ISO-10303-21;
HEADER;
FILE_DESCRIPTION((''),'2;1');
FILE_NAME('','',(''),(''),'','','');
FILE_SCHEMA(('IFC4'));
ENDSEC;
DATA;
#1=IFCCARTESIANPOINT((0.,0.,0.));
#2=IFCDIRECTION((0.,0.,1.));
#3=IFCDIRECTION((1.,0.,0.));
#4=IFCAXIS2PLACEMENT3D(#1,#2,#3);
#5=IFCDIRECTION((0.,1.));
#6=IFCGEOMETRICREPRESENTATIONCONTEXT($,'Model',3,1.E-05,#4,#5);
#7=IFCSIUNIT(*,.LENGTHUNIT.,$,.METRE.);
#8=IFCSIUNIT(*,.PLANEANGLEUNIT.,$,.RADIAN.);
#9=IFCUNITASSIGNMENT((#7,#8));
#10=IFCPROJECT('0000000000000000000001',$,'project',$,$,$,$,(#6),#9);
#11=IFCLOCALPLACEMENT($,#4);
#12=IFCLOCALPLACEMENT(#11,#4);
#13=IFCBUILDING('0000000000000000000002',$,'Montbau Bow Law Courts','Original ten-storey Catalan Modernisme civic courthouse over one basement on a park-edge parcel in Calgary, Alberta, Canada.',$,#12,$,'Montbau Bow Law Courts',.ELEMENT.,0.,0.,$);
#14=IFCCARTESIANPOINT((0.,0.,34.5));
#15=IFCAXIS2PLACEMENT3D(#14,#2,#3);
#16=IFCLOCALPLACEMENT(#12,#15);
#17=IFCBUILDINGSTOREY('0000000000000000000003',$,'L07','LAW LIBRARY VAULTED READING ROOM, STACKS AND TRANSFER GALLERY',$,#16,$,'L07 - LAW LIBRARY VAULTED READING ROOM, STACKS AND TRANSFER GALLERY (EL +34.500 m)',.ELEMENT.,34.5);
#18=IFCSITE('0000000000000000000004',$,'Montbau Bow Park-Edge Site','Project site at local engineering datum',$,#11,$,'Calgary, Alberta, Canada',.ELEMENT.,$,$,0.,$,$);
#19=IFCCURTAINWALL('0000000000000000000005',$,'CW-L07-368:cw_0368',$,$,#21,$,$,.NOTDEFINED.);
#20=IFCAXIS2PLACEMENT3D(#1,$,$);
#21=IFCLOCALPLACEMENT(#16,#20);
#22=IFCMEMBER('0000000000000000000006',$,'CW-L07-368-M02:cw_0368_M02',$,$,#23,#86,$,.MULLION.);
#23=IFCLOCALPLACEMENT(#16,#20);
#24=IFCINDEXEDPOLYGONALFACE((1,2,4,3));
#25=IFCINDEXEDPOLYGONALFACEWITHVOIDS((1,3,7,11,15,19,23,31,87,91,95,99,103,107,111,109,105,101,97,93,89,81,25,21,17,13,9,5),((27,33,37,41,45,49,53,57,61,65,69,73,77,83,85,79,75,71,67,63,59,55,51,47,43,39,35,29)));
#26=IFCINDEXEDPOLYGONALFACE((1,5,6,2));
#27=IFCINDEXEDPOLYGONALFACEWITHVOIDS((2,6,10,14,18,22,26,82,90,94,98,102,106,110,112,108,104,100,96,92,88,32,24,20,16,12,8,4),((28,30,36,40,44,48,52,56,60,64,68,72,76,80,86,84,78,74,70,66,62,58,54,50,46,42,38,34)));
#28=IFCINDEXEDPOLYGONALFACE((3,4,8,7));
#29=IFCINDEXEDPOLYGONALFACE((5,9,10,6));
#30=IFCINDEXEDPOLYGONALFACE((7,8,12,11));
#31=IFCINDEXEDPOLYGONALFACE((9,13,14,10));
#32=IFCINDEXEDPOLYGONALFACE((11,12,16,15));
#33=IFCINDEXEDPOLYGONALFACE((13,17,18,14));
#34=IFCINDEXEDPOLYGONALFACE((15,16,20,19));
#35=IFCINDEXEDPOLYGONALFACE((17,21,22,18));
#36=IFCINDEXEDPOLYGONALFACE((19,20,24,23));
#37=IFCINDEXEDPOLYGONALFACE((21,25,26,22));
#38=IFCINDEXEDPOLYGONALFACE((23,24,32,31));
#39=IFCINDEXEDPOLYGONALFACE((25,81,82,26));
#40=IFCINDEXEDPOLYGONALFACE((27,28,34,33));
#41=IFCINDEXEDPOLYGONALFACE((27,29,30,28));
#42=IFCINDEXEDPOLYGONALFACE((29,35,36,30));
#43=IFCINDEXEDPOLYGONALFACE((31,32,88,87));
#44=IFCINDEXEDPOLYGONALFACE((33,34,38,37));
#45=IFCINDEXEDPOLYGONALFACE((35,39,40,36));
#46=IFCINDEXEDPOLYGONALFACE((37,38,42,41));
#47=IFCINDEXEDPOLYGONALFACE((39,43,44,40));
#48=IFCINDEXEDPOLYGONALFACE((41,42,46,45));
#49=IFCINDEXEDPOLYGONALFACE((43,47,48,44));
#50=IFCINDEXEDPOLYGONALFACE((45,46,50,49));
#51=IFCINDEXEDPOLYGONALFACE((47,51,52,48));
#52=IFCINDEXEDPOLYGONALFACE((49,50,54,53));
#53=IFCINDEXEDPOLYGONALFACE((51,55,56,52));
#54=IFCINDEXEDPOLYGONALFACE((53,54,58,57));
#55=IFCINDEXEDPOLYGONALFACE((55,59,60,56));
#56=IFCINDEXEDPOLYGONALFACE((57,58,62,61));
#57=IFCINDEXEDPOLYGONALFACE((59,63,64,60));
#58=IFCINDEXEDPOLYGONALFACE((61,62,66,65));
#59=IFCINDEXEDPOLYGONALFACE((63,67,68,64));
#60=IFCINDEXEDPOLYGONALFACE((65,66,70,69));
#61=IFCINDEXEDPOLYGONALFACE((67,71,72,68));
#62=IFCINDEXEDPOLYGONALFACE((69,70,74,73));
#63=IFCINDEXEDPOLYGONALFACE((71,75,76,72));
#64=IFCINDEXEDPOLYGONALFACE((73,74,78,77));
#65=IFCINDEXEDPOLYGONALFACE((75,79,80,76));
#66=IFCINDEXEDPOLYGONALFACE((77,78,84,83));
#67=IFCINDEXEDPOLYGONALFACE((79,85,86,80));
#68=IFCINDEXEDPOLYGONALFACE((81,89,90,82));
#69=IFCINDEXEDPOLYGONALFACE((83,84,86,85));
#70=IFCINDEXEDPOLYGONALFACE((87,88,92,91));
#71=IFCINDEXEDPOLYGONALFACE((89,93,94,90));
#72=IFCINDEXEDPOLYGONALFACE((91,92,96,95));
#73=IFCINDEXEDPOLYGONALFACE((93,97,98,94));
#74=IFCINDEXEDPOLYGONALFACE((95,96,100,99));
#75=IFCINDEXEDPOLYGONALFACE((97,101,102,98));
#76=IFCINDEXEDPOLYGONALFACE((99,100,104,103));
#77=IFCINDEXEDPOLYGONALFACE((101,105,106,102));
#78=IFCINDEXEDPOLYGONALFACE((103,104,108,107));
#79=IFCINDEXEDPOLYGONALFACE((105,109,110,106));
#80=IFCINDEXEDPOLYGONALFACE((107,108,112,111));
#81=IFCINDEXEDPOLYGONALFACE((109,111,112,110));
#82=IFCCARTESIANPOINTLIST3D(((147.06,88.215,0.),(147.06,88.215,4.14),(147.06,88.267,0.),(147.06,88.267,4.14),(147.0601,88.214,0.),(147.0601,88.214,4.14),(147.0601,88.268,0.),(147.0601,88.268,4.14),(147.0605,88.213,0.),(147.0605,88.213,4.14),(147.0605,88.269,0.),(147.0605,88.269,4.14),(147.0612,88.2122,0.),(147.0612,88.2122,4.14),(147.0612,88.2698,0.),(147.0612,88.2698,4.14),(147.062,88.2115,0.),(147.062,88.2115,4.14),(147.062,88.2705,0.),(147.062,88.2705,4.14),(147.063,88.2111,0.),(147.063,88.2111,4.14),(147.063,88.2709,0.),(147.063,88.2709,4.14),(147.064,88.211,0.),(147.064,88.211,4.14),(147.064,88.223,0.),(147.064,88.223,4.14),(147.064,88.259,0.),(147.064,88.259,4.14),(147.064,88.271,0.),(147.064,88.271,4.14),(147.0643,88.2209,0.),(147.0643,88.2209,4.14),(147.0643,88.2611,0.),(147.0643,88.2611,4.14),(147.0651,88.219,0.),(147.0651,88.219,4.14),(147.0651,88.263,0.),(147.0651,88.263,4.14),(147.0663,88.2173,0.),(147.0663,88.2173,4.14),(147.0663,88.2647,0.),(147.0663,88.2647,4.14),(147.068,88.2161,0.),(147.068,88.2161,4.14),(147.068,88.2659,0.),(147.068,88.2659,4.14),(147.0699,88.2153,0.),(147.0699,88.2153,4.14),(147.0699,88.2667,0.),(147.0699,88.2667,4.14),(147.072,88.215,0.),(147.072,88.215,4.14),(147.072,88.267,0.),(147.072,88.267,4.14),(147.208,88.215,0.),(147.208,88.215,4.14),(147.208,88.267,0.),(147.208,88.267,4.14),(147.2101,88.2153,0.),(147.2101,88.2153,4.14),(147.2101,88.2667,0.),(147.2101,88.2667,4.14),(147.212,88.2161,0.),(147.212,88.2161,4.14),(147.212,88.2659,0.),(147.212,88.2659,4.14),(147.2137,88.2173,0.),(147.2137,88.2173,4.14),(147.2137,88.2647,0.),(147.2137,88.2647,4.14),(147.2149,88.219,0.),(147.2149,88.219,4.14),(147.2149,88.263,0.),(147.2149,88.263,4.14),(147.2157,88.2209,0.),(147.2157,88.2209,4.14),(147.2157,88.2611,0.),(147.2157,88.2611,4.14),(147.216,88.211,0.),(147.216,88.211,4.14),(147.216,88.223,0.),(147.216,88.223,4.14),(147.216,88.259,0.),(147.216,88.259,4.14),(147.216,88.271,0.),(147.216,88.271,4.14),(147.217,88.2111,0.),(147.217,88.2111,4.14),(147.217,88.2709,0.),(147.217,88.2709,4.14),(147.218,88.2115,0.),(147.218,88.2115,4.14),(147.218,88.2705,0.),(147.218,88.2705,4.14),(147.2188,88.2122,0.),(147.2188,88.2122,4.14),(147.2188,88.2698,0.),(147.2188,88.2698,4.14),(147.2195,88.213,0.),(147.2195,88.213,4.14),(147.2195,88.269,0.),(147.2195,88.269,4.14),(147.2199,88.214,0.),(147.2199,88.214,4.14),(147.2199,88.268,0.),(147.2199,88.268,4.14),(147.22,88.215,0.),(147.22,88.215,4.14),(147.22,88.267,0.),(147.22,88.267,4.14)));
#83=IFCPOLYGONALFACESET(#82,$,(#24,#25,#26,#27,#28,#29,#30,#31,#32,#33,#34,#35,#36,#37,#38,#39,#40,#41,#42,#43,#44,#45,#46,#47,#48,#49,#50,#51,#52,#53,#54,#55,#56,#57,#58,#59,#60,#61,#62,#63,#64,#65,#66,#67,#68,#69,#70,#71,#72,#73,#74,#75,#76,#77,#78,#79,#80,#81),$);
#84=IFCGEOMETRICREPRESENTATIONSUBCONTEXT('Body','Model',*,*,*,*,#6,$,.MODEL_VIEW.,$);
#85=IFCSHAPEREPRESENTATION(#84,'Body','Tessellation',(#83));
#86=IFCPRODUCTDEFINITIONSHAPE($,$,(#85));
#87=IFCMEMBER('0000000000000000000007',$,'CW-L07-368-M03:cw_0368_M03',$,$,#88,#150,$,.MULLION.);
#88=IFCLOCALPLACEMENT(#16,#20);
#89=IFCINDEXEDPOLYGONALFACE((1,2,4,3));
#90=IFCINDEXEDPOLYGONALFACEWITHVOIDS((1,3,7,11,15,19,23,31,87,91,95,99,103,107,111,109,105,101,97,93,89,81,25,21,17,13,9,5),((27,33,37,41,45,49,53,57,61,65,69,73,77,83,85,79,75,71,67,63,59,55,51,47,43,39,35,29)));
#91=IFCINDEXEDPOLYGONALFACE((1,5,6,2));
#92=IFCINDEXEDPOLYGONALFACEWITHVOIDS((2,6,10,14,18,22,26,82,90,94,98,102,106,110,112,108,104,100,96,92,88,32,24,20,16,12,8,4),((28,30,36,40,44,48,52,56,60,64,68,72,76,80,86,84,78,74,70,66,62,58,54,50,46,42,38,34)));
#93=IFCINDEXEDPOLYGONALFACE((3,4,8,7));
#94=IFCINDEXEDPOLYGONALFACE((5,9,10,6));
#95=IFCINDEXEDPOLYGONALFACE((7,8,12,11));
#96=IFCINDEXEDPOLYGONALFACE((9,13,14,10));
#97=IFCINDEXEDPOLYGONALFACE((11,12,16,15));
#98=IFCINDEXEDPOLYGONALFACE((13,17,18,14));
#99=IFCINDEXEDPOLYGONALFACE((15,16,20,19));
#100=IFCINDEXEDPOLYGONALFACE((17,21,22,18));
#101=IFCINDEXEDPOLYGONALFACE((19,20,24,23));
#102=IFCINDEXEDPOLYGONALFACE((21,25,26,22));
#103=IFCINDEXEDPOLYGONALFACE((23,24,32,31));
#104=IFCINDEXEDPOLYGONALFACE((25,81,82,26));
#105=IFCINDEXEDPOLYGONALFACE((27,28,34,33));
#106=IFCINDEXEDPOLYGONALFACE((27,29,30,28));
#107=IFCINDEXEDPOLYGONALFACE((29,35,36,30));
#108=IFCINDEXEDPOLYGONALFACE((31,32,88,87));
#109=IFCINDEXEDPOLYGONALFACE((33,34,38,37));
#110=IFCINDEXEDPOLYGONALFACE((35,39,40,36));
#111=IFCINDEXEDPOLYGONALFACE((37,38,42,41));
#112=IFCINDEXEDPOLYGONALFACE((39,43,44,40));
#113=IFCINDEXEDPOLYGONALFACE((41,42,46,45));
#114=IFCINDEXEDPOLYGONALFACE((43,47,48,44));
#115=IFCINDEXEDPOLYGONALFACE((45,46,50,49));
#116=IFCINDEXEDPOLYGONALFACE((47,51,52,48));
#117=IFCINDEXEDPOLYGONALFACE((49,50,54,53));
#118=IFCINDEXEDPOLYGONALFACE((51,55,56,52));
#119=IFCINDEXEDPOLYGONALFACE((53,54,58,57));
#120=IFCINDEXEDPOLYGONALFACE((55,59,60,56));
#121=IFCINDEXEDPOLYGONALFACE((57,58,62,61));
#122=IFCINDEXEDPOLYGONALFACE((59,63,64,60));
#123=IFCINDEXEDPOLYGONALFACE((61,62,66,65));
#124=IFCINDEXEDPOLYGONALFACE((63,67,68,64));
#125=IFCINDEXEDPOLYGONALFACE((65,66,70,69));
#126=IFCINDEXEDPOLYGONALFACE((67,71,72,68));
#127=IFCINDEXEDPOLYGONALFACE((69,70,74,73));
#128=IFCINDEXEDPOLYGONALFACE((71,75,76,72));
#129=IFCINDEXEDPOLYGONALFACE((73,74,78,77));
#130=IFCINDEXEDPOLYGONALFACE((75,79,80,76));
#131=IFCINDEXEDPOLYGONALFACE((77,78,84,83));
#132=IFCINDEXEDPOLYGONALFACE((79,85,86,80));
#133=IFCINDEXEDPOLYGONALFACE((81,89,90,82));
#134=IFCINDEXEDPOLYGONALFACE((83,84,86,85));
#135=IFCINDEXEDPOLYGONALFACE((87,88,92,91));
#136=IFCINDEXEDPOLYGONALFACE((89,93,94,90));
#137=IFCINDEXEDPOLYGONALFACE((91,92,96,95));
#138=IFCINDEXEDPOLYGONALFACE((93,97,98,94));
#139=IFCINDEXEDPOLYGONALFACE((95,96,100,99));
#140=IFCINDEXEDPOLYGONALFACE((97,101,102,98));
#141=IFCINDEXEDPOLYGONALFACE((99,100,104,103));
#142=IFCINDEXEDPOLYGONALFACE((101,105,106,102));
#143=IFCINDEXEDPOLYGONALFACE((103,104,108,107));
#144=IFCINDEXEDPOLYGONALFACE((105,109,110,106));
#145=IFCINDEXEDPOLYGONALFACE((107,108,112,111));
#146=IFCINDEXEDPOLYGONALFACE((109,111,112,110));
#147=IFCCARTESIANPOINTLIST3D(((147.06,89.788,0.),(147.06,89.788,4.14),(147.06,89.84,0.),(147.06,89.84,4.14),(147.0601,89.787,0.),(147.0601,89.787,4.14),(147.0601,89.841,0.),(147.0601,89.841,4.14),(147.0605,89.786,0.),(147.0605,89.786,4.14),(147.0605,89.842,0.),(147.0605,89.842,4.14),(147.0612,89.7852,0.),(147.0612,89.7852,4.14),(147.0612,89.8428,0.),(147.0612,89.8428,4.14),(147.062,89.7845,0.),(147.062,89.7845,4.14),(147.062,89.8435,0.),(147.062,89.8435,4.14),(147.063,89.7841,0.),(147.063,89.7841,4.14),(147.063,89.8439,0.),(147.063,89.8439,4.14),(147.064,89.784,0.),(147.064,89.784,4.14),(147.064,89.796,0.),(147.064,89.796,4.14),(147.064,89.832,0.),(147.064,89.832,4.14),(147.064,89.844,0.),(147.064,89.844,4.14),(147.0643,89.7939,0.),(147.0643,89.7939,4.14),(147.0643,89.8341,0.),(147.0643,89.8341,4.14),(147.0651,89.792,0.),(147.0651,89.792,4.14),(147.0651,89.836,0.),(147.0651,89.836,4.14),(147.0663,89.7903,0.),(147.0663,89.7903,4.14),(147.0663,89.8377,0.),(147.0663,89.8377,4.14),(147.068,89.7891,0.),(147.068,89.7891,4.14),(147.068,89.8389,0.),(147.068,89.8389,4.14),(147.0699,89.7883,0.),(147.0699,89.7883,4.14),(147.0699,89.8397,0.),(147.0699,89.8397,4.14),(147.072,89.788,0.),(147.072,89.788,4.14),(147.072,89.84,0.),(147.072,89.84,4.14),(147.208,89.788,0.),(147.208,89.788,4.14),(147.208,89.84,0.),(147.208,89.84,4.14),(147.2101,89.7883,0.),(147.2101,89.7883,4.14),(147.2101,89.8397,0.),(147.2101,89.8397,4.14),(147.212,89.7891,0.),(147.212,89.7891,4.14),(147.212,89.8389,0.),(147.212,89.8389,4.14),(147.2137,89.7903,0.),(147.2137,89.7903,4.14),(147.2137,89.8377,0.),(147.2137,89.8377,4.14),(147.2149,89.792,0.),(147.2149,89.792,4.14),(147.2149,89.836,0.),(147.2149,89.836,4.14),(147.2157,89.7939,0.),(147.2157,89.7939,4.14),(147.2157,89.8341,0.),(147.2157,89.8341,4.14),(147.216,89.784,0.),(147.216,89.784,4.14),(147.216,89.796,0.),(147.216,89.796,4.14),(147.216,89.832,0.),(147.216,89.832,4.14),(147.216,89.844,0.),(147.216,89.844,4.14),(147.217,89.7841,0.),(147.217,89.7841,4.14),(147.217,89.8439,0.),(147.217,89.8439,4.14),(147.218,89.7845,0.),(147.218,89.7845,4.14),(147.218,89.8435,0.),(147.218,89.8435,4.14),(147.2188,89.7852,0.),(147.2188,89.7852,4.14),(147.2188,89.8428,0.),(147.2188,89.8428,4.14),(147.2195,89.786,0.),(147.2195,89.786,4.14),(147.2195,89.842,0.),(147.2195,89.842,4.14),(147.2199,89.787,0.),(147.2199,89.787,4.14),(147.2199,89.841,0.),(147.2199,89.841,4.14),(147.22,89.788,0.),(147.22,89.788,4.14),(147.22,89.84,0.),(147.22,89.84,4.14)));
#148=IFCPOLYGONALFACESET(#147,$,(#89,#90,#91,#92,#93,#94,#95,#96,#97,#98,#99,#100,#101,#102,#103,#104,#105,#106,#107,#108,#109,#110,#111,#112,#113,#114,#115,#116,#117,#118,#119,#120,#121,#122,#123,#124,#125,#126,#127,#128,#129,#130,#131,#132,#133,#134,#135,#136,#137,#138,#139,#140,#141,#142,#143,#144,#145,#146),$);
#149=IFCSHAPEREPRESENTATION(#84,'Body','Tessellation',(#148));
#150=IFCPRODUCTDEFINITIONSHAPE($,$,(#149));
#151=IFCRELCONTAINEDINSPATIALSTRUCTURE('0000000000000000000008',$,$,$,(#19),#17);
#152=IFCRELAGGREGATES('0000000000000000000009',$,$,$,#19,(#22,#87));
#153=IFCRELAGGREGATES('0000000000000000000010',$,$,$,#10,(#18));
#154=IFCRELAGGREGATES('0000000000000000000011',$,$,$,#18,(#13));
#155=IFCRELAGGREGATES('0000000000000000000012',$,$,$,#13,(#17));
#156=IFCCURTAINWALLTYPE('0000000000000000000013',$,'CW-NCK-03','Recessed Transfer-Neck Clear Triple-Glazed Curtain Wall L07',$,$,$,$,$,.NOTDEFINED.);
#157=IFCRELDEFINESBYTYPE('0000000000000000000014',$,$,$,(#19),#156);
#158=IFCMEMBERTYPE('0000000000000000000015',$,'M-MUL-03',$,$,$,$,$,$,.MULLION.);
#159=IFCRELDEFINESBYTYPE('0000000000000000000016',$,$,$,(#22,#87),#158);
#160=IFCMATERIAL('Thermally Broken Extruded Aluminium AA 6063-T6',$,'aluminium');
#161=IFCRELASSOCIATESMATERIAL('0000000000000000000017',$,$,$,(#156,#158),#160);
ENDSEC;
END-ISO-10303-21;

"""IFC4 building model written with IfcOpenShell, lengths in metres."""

from ifc_helpers import new_model, si_unit, direction, frame, origin_with_axes, origin_2d_with_axis, place, context, subcontext, project, spatial, hollow_rectangle, extrude, material, material_profile, profile_set, type_object, element, aggregate, save


model = new_model("IFC4")

# Units and contexts
model_context = context("Model", 3, precision=1e-05, world=origin_with_axes(), true_north=direction((0.0, 1.0)))
body_context = subcontext(model_context, "Body", "Model", "MODEL_VIEW")
ifc_project = project(units=[si_unit("LENGTHUNIT", "METRE"), si_unit("PLANEANGLEUNIT", "RADIAN")], contexts=[model_context])

# Site, building, storey
site_placement = place(None, origin_with_axes())
site = spatial("IfcSite", under=ifc_project, at=site_placement, Name="Montbau Bow Park-Edge Site", Description="Project site at local engineering datum", LongName="Calgary, Alberta, Canada", CompositionType="ELEMENT", RefElevation=0.0)
building_placement = place(site_placement, origin_with_axes())
building = spatial("IfcBuilding", under=site, at=building_placement, Name="Montbau Bow Law Courts", Description="Original ten-storey Catalan Modernisme civic courthouse over one basement on a park-edge parcel in Calgary, Alberta, Canada.", LongName="Montbau Bow Law Courts", CompositionType="ELEMENT", ElevationOfRefHeight=0.0, ElevationOfTerrain=0.0)
storey_placement = place(building_placement, frame((0.0, 0.0, 34.5), z_axis=(0.0, 0.0, 1.0), x_axis=(1.0, 0.0, 0.0)))
storey = spatial("IfcBuildingStorey", under=building, at=storey_placement, Name="L07", Description="LAW LIBRARY VAULTED READING ROOM, STACKS AND TRANSFER GALLERY", LongName="L07 - LAW LIBRARY VAULTED READING ROOM, STACKS AND TRANSFER GALLERY (EL +34.500 m)", CompositionType="ELEMENT", Elevation=34.5)

# Curtain wall, members
ifc_material_1 = material(Name="Thermally Broken Extruded Aluminium AA 6063-T6", Category="aluminium")
curtain_wall_type = type_object("IfcCurtainWallType", Name="CW-NCK-03", Description="Recessed Transfer-Neck Clear Triple-Glazed Curtain Wall L07", PredefinedType="NOTDEFINED", material=ifc_material_1)
curtain_wall_placement = place(None, frame((147.14, 86.668, 34.5), z_axis=(0.0, 0.0, 1.0), x_axis=(1.0, 0.0, 0.0)))
curtain_wall = element("IfcCurtainWall", 1, at=curtain_wall_placement, inside=storey, type_object=curtain_wall_type, Name="CW-L07-368:cw_0368", PredefinedType="NOTDEFINED")
ifc_material_profile_1 = material_profile(ifc_material_1, hollow_rectangle(XDim=0.06, YDim=0.16, WallThickness=0.004, InnerFilletRadius=0.008, OuterFilletRadius=0.004, at=origin_2d_with_axis()), Name="CWM-160X60", Category="Main", Priority=0)
ifc_profile_set_1 = profile_set([ifc_material_profile_1], Name="Thermally Broken Extruded Aluminium AA 6063-T6")
member_type_1 = type_object("IfcMemberType", Name="M-MUL-03", PredefinedType="MULLION", material=ifc_profile_set_1)
member_1_placement = place(None, frame((147.14, 88.241, 34.5), z_axis=(0.0, 0.0, 1.0), x_axis=(0.0, 1.0, 0.0)))
member_1 = element("IfcMember", 2, at=member_1_placement, type_object=member_type_1, Name="CW-L07-368-M02:cw_0368_M02", PredefinedType="MULLION", context=body_context, shape_type="SweptSolid", body=[
    extrude(hollow_rectangle(XDim=0.06, YDim=0.16, WallThickness=0.004, InnerFilletRadius=0.008, OuterFilletRadius=0.004, at=origin_2d_with_axis()), origin_with_axes(), (0.0, 0.0, 1.0), 4.14),
])
member_2_placement = place(None, frame((147.14, 89.814, 34.5), z_axis=(0.0, 0.0, 1.0), x_axis=(0.0, 1.0, 0.0)))
member_2 = element("IfcMember", 3, at=member_2_placement, type_object=member_type_1, Name="CW-L07-368-M03:cw_0368_M03", PredefinedType="MULLION", context=body_context, shape_type="SweptSolid", body=[
    extrude(hollow_rectangle(XDim=0.06, YDim=0.16, WallThickness=0.004, InnerFilletRadius=0.008, OuterFilletRadius=0.004, at=origin_2d_with_axis()), origin_with_axes(), (0.0, 0.0, 1.0), 4.14),
])
aggregate(curtain_wall, [member_1, member_2])

save(model, "model.ifc")
